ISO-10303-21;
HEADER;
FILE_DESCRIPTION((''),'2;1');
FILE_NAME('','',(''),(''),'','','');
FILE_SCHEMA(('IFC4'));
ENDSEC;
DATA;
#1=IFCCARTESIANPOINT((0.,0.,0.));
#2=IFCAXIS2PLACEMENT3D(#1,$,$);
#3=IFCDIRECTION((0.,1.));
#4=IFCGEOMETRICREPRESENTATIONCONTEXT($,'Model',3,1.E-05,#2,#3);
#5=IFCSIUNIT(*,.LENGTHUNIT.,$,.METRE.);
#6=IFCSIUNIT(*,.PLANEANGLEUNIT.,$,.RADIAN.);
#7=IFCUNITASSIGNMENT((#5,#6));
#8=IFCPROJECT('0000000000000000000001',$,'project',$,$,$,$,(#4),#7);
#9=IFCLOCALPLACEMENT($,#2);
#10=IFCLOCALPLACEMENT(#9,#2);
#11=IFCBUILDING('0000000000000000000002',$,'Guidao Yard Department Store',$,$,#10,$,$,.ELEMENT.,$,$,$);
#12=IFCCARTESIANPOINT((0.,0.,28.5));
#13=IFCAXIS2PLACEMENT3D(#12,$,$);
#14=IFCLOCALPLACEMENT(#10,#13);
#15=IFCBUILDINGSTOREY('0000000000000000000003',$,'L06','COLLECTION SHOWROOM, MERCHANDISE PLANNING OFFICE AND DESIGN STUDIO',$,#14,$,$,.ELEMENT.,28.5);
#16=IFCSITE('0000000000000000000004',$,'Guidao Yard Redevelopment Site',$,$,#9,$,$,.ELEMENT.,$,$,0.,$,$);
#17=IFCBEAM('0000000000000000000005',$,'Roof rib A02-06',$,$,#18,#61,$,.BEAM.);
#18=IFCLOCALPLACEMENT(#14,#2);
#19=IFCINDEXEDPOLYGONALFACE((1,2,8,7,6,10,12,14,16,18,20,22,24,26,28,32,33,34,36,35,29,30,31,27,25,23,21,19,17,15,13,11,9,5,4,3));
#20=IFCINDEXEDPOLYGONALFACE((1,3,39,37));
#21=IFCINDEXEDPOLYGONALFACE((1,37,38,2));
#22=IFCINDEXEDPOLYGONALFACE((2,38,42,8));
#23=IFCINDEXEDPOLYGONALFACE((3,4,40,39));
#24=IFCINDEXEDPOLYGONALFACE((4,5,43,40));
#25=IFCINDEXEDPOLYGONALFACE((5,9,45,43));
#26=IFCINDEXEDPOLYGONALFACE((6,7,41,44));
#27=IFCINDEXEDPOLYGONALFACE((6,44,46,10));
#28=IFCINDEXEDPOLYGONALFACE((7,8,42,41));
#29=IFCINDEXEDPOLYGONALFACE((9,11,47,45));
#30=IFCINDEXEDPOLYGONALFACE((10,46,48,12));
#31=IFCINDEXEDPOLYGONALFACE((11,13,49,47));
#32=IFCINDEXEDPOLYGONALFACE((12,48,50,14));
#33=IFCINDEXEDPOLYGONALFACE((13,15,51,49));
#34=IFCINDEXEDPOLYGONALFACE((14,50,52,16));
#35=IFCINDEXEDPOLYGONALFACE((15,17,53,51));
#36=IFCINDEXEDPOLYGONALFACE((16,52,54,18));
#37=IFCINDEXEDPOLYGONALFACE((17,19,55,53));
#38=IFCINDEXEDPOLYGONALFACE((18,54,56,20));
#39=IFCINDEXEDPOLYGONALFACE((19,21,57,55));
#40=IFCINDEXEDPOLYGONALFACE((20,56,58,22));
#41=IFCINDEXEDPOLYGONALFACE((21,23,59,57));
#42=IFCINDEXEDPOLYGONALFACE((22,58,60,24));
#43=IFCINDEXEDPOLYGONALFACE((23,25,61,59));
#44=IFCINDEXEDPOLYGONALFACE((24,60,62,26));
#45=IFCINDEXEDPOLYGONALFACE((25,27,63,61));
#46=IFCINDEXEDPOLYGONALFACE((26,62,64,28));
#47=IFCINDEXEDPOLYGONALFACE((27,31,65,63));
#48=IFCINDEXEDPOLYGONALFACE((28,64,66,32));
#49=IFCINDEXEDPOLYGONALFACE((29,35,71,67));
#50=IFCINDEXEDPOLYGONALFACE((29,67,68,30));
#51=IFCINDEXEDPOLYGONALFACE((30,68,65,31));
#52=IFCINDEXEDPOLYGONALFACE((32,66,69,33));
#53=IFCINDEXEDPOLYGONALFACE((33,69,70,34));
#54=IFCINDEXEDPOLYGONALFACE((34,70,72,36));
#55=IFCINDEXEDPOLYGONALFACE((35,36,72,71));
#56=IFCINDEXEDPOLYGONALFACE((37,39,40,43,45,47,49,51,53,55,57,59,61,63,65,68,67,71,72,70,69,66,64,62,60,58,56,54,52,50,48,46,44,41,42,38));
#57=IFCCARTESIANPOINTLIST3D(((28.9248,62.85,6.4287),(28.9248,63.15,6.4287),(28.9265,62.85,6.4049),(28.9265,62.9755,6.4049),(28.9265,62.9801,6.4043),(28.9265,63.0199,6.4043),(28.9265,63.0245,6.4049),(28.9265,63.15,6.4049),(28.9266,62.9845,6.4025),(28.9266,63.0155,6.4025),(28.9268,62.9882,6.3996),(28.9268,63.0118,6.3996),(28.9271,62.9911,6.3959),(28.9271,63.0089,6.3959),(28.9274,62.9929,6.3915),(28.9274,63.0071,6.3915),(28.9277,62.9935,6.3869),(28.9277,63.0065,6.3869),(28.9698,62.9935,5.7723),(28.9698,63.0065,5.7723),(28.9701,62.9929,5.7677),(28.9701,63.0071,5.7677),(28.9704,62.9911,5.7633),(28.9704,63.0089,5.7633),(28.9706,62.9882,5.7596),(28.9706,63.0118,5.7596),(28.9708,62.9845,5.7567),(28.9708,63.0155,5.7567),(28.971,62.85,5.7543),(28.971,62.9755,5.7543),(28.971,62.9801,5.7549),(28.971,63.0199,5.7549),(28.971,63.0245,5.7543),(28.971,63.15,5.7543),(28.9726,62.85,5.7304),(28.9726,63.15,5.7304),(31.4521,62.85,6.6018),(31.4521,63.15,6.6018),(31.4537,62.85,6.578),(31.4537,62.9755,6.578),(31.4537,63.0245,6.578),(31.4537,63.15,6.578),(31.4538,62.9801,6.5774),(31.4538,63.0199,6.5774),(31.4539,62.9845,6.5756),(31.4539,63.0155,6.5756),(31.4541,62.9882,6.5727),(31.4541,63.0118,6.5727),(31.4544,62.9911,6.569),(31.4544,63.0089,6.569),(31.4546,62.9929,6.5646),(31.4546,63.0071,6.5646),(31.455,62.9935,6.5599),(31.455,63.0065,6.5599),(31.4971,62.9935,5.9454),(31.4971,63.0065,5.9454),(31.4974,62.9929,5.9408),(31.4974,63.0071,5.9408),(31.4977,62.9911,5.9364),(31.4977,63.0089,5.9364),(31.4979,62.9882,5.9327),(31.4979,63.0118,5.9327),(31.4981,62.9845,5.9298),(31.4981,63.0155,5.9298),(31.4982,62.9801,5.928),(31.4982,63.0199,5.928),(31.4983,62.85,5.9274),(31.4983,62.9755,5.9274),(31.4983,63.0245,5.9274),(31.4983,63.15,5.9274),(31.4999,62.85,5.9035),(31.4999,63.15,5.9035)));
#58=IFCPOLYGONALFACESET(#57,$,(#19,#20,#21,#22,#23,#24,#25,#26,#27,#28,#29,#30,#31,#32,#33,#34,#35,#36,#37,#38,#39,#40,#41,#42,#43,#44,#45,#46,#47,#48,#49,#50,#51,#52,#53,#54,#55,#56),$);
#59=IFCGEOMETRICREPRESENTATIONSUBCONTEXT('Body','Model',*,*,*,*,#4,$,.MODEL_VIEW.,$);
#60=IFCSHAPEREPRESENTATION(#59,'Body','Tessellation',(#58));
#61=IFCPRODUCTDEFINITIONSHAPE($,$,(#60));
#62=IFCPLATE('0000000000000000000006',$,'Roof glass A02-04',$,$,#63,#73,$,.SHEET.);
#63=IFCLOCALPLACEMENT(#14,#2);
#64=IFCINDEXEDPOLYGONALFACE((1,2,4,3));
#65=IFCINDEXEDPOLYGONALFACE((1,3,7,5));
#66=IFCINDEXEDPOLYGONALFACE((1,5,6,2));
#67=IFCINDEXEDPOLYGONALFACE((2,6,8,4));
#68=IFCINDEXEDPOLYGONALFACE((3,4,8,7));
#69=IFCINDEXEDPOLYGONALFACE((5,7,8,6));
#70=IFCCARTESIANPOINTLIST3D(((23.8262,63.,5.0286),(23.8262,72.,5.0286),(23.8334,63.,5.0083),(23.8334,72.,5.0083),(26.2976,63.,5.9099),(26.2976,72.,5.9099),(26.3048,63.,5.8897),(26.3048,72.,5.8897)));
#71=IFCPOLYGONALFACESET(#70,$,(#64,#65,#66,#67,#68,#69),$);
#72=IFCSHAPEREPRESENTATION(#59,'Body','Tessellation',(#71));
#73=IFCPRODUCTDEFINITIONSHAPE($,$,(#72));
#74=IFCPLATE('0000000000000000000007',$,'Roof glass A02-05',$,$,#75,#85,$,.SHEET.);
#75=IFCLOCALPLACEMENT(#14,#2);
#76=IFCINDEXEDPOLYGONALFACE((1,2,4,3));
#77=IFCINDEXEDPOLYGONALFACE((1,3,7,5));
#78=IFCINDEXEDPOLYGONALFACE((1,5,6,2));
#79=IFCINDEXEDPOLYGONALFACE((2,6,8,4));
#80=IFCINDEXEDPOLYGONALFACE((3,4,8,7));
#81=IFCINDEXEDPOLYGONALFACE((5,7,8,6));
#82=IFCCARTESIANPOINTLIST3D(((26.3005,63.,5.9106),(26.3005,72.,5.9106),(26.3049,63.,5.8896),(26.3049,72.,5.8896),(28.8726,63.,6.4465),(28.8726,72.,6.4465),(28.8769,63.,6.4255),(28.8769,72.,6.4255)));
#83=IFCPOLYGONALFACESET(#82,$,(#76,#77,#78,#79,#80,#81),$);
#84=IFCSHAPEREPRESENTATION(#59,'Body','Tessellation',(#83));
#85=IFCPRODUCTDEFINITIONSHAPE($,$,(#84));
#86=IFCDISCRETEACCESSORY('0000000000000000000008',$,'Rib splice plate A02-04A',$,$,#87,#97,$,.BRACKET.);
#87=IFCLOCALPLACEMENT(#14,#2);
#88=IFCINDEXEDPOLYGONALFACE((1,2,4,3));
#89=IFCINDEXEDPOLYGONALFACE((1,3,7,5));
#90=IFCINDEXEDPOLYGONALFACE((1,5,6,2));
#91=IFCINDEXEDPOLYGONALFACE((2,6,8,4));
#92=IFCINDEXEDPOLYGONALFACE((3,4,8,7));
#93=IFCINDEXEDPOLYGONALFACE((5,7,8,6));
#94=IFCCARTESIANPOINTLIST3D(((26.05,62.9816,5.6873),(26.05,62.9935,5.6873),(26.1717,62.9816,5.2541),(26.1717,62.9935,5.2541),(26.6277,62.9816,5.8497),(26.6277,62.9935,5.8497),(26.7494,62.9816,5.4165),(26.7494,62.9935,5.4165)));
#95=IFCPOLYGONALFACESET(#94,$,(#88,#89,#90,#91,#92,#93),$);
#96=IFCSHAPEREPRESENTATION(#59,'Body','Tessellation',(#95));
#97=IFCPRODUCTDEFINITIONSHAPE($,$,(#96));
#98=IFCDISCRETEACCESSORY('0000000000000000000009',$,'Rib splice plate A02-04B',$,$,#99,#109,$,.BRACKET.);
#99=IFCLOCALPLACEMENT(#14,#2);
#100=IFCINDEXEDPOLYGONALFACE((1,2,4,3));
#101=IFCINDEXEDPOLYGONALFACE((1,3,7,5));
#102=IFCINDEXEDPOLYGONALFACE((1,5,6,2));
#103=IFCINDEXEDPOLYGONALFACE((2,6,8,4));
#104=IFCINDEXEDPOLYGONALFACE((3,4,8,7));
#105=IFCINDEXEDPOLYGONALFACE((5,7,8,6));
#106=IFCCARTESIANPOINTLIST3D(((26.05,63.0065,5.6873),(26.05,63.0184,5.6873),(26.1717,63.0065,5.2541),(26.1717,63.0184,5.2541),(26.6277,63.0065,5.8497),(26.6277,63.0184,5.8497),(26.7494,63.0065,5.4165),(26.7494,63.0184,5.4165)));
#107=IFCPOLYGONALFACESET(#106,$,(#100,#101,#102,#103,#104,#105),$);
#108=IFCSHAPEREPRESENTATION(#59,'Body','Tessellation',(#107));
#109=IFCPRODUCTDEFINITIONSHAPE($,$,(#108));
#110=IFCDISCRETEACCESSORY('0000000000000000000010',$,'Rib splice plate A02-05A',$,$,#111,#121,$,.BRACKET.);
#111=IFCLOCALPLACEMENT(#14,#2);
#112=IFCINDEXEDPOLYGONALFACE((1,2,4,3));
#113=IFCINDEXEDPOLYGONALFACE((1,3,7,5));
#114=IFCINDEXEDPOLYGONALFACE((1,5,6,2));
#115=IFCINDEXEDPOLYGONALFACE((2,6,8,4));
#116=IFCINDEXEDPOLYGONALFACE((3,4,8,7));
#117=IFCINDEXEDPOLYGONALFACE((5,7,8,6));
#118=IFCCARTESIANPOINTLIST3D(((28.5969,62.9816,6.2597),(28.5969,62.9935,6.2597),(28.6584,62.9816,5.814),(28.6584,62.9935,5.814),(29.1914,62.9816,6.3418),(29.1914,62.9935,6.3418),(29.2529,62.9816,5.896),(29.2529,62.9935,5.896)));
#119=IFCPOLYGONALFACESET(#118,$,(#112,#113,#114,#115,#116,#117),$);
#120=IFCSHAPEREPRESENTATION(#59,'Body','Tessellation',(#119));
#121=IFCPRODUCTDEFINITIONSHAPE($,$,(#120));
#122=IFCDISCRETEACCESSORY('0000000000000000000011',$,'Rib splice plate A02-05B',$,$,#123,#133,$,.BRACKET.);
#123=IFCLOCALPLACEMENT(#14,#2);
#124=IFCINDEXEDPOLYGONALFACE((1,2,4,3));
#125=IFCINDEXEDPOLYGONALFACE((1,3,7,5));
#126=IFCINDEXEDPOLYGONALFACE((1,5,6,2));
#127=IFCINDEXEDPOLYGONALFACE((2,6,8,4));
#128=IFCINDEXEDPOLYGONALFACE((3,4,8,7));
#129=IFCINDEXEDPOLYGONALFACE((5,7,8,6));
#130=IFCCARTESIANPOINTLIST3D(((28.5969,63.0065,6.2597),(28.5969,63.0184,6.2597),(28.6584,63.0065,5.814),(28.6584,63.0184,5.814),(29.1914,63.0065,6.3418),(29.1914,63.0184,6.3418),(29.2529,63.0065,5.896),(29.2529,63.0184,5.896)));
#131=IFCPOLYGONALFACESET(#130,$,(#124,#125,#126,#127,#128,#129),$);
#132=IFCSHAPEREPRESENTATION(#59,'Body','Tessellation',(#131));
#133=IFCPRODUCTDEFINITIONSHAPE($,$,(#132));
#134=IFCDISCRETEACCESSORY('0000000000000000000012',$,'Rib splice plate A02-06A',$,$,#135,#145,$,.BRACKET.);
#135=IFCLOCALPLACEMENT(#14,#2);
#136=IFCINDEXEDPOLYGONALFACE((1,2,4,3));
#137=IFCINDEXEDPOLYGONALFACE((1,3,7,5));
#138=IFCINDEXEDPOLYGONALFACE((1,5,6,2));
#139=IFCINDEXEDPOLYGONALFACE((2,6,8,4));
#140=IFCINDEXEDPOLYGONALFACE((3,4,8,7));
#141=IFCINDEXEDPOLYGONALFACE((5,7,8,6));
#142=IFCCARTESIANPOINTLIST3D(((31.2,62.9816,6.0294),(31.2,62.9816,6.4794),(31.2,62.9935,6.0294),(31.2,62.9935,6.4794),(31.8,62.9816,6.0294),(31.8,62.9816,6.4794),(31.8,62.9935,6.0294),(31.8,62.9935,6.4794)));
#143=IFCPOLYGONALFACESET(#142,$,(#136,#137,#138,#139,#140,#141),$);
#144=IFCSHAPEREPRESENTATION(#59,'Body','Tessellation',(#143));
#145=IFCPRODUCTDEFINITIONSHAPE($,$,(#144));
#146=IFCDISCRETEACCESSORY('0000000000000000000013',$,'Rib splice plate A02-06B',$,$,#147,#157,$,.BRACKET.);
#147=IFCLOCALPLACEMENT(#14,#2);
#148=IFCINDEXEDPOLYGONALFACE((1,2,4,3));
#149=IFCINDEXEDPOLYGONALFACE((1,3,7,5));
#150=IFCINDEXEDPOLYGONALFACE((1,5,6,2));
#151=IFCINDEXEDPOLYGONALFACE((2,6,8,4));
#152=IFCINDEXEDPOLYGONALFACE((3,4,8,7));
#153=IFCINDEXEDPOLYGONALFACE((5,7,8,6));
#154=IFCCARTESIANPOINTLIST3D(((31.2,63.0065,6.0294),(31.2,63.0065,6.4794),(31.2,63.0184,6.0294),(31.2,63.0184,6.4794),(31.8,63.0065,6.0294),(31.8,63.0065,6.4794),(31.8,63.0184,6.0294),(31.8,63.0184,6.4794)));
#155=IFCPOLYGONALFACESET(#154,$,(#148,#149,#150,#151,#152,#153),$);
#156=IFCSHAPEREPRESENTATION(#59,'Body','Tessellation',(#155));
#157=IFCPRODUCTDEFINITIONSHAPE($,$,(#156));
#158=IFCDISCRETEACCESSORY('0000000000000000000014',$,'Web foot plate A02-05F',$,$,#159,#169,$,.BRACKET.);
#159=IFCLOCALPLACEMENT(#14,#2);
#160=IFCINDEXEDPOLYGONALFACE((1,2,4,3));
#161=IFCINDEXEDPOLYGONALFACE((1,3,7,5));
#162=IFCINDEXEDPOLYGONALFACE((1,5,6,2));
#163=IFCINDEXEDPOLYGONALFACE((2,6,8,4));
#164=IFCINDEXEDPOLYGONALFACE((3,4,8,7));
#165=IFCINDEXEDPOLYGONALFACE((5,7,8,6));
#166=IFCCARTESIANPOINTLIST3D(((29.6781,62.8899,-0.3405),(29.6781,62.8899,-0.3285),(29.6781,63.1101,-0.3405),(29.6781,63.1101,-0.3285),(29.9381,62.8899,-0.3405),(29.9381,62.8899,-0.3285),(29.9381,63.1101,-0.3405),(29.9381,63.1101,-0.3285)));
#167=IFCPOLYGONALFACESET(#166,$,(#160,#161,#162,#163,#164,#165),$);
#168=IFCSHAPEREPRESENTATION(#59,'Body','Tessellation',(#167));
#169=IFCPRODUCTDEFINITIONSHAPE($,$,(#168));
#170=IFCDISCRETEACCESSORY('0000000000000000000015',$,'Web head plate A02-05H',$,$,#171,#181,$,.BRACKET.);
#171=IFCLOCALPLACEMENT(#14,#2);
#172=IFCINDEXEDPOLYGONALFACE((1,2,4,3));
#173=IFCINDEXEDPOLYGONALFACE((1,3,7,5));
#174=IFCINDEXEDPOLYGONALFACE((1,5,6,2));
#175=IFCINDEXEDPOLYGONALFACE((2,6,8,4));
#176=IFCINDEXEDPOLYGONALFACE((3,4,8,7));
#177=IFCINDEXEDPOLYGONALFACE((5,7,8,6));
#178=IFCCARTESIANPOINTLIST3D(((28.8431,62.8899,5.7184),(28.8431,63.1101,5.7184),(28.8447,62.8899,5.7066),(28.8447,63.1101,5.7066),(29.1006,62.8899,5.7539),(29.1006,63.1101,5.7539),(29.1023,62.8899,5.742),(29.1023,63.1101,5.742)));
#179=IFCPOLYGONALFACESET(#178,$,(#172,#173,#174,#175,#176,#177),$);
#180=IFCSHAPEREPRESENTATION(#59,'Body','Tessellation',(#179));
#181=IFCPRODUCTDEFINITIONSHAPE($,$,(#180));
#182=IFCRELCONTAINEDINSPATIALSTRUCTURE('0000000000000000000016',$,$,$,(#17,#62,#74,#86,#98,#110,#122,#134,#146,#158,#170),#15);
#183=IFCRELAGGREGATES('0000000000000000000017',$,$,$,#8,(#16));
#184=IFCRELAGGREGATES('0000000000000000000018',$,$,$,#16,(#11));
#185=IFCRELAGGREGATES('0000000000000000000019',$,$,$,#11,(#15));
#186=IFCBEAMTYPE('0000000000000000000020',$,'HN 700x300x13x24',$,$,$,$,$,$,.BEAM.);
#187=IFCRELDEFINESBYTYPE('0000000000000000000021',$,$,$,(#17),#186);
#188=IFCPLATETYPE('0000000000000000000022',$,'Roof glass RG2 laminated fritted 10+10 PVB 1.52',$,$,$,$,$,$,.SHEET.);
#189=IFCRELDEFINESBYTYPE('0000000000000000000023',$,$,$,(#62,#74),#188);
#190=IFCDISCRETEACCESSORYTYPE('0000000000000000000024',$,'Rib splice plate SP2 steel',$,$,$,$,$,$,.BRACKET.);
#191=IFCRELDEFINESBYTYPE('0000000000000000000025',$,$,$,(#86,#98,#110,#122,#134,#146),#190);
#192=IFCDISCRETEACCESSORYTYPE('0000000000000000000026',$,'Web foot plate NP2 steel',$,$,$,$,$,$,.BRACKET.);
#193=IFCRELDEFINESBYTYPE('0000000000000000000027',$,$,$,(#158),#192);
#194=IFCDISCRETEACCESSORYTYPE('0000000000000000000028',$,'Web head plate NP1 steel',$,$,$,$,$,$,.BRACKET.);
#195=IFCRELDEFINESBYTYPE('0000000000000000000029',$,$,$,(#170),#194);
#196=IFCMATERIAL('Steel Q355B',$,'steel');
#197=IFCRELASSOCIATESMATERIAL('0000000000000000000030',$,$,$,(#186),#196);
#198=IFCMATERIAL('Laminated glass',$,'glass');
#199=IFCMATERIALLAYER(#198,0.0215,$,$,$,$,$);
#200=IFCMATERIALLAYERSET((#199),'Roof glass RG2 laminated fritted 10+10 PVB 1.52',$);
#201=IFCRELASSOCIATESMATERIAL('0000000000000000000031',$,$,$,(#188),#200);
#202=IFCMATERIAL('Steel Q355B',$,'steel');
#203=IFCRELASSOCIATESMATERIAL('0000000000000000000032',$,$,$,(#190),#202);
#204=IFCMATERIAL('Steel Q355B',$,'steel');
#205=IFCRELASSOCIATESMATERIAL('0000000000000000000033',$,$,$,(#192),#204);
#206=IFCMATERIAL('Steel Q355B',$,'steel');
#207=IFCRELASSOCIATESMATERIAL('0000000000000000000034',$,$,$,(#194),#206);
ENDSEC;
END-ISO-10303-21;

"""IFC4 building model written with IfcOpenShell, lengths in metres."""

from ifc_helpers import new_model, si_unit, direction, frame, origin, origin_2d, place, context, subcontext, project, spatial, polyline, rectangle, i_section, outline, extrude, material, layer, layer_set, material_profile, profile_set, type_object, element, save


model = new_model("IFC4")

# Units and contexts
model_context = context("Model", 3, precision=1e-05, world=origin(), true_north=direction((0.0, 1.0)))
body_context = subcontext(model_context, "Body", "Model", "MODEL_VIEW")
ifc_project = project(units=[si_unit("LENGTHUNIT", "METRE"), si_unit("PLANEANGLEUNIT", "RADIAN")], contexts=[model_context])

# Site, building, storey
site_placement = place(None, origin())
site = spatial("IfcSite", under=ifc_project, at=site_placement, Name="Guidao Yard Redevelopment Site", CompositionType="ELEMENT", RefElevation=0.0)
building_placement = place(site_placement, origin())
building = spatial("IfcBuilding", under=site, at=building_placement, Name="Guidao Yard Department Store", CompositionType="ELEMENT")
storey_placement = place(building_placement, frame((0.0, 0.0, 28.5)))
storey = spatial("IfcBuildingStorey", under=building, at=storey_placement, Name="L06", Description="COLLECTION SHOWROOM, MERCHANDISE PLANNING OFFICE AND DESIGN STUDIO", CompositionType="ELEMENT", Elevation=28.5)

# Beam
ifc_material_1 = material(Name="Steel Q355B", Category="steel")
ifc_material_profile_1 = material_profile(ifc_material_1, i_section(OverallWidth=0.3, OverallDepth=0.7, WebThickness=0.0129, FlangeThickness=0.0239, FilletRadius=0.0181, at=origin_2d()), Name="HN 700x300x13x24")
ifc_profile_set_1 = profile_set([ifc_material_profile_1], Name="Steel Q355B")
beam_type = type_object("IfcBeamType", Name="HN 700x300x13x24", PredefinedType="BEAM", material=ifc_profile_set_1)
beam_1_placement = place(storey_placement, frame((28.9487, 63.0, 6.0796), z_axis=(0.997663, 0.0, 0.068329), x_axis=(0.0, 1.0, 0.0)))
element("IfcBeam", 1, at=beam_1_placement, inside=storey, type_object=beam_type, Name="Roof rib A02-06", PredefinedType="BEAM", context=body_context, shape_type="SweptSolid", body=[
    extrude(i_section(OverallWidth=0.3, OverallDepth=0.7, WebThickness=0.0129, FlangeThickness=0.0239, FilletRadius=0.0181, at=origin_2d()), origin(), (0.0, 0.0, 1.0), 2.5332),
])

# Plates
ifc_material_2 = material(Name="Laminated glass", Category="glass")
ifc_layer = layer(ifc_material_2, 0.0215)
ifc_layer_set = layer_set([ifc_layer], Name="Roof glass RG2 laminated fritted 10+10 PVB 1.52")
plate_type = type_object("IfcPlateType", Name="Roof glass RG2 laminated fritted 10+10 PVB 1.52", PredefinedType="SHEET", material=ifc_layer_set)
plate_1_placement = place(storey_placement, frame((23.8262, 63.0, 5.0286), z_axis=(-0.335894, 0.0, 0.9419), x_axis=(0.9419, 0.0, 0.335894)))
element("IfcPlate", 2, at=plate_1_placement, inside=storey, type_object=plate_type, Name="Roof glass A02-04", PredefinedType="SHEET", context=body_context, shape_type="SweptSolid", body=[
    extrude(outline(polyline([(0.0, 0.0), (2.6239, 0.0), (2.6239, 9.0), (0.0, 9.0), (0.0, 0.0)])), origin(), (0.0, 0.0, -1.0), 0.0215),
])
plate_2_placement = place(storey_placement, frame((26.3005, 63.0, 5.9106), z_axis=(-0.203973, 0.0, 0.978977), x_axis=(0.978977, 0.0, 0.203973)))
element("IfcPlate", 3, at=plate_2_placement, inside=storey, type_object=plate_type, Name="Roof glass A02-05", PredefinedType="SHEET", context=body_context, shape_type="SweptSolid", body=[
    extrude(outline(polyline([(0.0, 0.0), (2.6273, 0.0), (2.6273, 9.0), (0.0, 9.0), (0.0, 0.0)])), origin(), (0.0, 0.0, -1.0), 0.0215),
])

# Discrete accessories
ifc_material_3 = material(Name="Steel Q355B", Category="steel")
ifc_material_profile_2 = material_profile(ifc_material_3, rectangle(XDim=0.012, YDim=0.45, at=origin_2d()), Name="Splice plate 450x12")
ifc_profile_set_2 = profile_set([ifc_material_profile_2], Name="Steel Q355B")
discrete_accessory_type_1 = type_object("IfcDiscreteAccessoryType", Name="Rib splice plate SP2 steel", PredefinedType="BRACKET", material=ifc_profile_set_2)
for number, where, z_axis, x_axis, name in (
    (4, (26.1108, 62.9875, 5.4707), (0.962697, 0.0, 0.270581), (0.0, 1.0, 0.0), "Rib splice plate A02-04A"),
    (5, (26.1108, 63.0125, 5.4707), (0.962697, 0.0, 0.270581), (0.0, 1.0, 0.0), "Rib splice plate A02-04B"),
    (6, (28.6277, 62.9875, 6.0369), (0.990614, 0.0, 0.136692), (0.0, 1.0, 0.0), "Rib splice plate A02-05A"),
    (7, (28.6277, 63.0125, 6.0369), (0.990614, 0.0, 0.136692), (0.0, 1.0, 0.0), "Rib splice plate A02-05B"),
    (8, (31.2, 62.9875, 6.2544), (1.0, 0.0, 0.0), (0.0, 1.0, 0.0), "Rib splice plate A02-06A"),
    (9, (31.2, 63.0125, 6.2544), (1.0, 0.0, 0.0), (0.0, 1.0, 0.0), "Rib splice plate A02-06B"),
):
    element("IfcDiscreteAccessory", number, at=place(storey_placement, frame(where, z_axis=z_axis, x_axis=x_axis)), inside=storey, type_object=discrete_accessory_type_1, Name=name, PredefinedType="BRACKET", context=body_context, shape_type="SweptSolid", body=[
        extrude(rectangle(XDim=0.012, YDim=0.45, at=origin_2d()), origin(), (0.0, 0.0, 1.0), 0.6001),
    ])
ifc_material_4 = material(Name="Steel Q355B", Category="steel")
ifc_material_profile_3 = material_profile(ifc_material_4, rectangle(XDim=0.26, YDim=0.012, at=origin_2d()), Name="Node plate 260x12")
ifc_profile_set_3 = profile_set([ifc_material_profile_3], Name="Steel Q355B")
discrete_accessory_type_2 = type_object("IfcDiscreteAccessoryType", Name="Web foot plate NP2 steel", PredefinedType="BRACKET", material=ifc_profile_set_3)
discrete_accessory_1_placement = place(storey_placement, frame((29.8081, 62.8899, -0.3345), z_axis=(0.0, 1.0, 0.0), x_axis=(-1.0, 0.0, 0.0)))
element("IfcDiscreteAccessory", 10, at=discrete_accessory_1_placement, inside=storey, type_object=discrete_accessory_type_2, Name="Web foot plate A02-05F", PredefinedType="BRACKET", context=body_context, shape_type="SweptSolid", body=[
    extrude(rectangle(XDim=0.26, YDim=0.012, at=origin_2d()), origin(), (0.0, 0.0, 1.0), 0.2202),
])
ifc_material_5 = material(Name="Steel Q355B", Category="steel")
ifc_material_profile_4 = material_profile(ifc_material_5, rectangle(XDim=0.26, YDim=0.012, at=origin_2d()), Name="Node plate 260x12")
ifc_profile_set_4 = profile_set([ifc_material_profile_4], Name="Steel Q355B")
discrete_accessory_type_3 = type_object("IfcDiscreteAccessoryType", Name="Web head plate NP1 steel", PredefinedType="BRACKET", material=ifc_profile_set_4)
discrete_accessory_2_placement = place(storey_placement, frame((28.9727, 62.8899, 5.7302), z_axis=(0.0, 1.0, 0.0), x_axis=(-0.990647, 0.0, -0.136449)))
element("IfcDiscreteAccessory", 11, at=discrete_accessory_2_placement, inside=storey, type_object=discrete_accessory_type_3, Name="Web head plate A02-05H", PredefinedType="BRACKET", context=body_context, shape_type="SweptSolid", body=[
    extrude(rectangle(XDim=0.26, YDim=0.012, at=origin_2d()), origin(), (0.0, 0.0, 1.0), 0.2202),
])

save(model, "model.ifc")
